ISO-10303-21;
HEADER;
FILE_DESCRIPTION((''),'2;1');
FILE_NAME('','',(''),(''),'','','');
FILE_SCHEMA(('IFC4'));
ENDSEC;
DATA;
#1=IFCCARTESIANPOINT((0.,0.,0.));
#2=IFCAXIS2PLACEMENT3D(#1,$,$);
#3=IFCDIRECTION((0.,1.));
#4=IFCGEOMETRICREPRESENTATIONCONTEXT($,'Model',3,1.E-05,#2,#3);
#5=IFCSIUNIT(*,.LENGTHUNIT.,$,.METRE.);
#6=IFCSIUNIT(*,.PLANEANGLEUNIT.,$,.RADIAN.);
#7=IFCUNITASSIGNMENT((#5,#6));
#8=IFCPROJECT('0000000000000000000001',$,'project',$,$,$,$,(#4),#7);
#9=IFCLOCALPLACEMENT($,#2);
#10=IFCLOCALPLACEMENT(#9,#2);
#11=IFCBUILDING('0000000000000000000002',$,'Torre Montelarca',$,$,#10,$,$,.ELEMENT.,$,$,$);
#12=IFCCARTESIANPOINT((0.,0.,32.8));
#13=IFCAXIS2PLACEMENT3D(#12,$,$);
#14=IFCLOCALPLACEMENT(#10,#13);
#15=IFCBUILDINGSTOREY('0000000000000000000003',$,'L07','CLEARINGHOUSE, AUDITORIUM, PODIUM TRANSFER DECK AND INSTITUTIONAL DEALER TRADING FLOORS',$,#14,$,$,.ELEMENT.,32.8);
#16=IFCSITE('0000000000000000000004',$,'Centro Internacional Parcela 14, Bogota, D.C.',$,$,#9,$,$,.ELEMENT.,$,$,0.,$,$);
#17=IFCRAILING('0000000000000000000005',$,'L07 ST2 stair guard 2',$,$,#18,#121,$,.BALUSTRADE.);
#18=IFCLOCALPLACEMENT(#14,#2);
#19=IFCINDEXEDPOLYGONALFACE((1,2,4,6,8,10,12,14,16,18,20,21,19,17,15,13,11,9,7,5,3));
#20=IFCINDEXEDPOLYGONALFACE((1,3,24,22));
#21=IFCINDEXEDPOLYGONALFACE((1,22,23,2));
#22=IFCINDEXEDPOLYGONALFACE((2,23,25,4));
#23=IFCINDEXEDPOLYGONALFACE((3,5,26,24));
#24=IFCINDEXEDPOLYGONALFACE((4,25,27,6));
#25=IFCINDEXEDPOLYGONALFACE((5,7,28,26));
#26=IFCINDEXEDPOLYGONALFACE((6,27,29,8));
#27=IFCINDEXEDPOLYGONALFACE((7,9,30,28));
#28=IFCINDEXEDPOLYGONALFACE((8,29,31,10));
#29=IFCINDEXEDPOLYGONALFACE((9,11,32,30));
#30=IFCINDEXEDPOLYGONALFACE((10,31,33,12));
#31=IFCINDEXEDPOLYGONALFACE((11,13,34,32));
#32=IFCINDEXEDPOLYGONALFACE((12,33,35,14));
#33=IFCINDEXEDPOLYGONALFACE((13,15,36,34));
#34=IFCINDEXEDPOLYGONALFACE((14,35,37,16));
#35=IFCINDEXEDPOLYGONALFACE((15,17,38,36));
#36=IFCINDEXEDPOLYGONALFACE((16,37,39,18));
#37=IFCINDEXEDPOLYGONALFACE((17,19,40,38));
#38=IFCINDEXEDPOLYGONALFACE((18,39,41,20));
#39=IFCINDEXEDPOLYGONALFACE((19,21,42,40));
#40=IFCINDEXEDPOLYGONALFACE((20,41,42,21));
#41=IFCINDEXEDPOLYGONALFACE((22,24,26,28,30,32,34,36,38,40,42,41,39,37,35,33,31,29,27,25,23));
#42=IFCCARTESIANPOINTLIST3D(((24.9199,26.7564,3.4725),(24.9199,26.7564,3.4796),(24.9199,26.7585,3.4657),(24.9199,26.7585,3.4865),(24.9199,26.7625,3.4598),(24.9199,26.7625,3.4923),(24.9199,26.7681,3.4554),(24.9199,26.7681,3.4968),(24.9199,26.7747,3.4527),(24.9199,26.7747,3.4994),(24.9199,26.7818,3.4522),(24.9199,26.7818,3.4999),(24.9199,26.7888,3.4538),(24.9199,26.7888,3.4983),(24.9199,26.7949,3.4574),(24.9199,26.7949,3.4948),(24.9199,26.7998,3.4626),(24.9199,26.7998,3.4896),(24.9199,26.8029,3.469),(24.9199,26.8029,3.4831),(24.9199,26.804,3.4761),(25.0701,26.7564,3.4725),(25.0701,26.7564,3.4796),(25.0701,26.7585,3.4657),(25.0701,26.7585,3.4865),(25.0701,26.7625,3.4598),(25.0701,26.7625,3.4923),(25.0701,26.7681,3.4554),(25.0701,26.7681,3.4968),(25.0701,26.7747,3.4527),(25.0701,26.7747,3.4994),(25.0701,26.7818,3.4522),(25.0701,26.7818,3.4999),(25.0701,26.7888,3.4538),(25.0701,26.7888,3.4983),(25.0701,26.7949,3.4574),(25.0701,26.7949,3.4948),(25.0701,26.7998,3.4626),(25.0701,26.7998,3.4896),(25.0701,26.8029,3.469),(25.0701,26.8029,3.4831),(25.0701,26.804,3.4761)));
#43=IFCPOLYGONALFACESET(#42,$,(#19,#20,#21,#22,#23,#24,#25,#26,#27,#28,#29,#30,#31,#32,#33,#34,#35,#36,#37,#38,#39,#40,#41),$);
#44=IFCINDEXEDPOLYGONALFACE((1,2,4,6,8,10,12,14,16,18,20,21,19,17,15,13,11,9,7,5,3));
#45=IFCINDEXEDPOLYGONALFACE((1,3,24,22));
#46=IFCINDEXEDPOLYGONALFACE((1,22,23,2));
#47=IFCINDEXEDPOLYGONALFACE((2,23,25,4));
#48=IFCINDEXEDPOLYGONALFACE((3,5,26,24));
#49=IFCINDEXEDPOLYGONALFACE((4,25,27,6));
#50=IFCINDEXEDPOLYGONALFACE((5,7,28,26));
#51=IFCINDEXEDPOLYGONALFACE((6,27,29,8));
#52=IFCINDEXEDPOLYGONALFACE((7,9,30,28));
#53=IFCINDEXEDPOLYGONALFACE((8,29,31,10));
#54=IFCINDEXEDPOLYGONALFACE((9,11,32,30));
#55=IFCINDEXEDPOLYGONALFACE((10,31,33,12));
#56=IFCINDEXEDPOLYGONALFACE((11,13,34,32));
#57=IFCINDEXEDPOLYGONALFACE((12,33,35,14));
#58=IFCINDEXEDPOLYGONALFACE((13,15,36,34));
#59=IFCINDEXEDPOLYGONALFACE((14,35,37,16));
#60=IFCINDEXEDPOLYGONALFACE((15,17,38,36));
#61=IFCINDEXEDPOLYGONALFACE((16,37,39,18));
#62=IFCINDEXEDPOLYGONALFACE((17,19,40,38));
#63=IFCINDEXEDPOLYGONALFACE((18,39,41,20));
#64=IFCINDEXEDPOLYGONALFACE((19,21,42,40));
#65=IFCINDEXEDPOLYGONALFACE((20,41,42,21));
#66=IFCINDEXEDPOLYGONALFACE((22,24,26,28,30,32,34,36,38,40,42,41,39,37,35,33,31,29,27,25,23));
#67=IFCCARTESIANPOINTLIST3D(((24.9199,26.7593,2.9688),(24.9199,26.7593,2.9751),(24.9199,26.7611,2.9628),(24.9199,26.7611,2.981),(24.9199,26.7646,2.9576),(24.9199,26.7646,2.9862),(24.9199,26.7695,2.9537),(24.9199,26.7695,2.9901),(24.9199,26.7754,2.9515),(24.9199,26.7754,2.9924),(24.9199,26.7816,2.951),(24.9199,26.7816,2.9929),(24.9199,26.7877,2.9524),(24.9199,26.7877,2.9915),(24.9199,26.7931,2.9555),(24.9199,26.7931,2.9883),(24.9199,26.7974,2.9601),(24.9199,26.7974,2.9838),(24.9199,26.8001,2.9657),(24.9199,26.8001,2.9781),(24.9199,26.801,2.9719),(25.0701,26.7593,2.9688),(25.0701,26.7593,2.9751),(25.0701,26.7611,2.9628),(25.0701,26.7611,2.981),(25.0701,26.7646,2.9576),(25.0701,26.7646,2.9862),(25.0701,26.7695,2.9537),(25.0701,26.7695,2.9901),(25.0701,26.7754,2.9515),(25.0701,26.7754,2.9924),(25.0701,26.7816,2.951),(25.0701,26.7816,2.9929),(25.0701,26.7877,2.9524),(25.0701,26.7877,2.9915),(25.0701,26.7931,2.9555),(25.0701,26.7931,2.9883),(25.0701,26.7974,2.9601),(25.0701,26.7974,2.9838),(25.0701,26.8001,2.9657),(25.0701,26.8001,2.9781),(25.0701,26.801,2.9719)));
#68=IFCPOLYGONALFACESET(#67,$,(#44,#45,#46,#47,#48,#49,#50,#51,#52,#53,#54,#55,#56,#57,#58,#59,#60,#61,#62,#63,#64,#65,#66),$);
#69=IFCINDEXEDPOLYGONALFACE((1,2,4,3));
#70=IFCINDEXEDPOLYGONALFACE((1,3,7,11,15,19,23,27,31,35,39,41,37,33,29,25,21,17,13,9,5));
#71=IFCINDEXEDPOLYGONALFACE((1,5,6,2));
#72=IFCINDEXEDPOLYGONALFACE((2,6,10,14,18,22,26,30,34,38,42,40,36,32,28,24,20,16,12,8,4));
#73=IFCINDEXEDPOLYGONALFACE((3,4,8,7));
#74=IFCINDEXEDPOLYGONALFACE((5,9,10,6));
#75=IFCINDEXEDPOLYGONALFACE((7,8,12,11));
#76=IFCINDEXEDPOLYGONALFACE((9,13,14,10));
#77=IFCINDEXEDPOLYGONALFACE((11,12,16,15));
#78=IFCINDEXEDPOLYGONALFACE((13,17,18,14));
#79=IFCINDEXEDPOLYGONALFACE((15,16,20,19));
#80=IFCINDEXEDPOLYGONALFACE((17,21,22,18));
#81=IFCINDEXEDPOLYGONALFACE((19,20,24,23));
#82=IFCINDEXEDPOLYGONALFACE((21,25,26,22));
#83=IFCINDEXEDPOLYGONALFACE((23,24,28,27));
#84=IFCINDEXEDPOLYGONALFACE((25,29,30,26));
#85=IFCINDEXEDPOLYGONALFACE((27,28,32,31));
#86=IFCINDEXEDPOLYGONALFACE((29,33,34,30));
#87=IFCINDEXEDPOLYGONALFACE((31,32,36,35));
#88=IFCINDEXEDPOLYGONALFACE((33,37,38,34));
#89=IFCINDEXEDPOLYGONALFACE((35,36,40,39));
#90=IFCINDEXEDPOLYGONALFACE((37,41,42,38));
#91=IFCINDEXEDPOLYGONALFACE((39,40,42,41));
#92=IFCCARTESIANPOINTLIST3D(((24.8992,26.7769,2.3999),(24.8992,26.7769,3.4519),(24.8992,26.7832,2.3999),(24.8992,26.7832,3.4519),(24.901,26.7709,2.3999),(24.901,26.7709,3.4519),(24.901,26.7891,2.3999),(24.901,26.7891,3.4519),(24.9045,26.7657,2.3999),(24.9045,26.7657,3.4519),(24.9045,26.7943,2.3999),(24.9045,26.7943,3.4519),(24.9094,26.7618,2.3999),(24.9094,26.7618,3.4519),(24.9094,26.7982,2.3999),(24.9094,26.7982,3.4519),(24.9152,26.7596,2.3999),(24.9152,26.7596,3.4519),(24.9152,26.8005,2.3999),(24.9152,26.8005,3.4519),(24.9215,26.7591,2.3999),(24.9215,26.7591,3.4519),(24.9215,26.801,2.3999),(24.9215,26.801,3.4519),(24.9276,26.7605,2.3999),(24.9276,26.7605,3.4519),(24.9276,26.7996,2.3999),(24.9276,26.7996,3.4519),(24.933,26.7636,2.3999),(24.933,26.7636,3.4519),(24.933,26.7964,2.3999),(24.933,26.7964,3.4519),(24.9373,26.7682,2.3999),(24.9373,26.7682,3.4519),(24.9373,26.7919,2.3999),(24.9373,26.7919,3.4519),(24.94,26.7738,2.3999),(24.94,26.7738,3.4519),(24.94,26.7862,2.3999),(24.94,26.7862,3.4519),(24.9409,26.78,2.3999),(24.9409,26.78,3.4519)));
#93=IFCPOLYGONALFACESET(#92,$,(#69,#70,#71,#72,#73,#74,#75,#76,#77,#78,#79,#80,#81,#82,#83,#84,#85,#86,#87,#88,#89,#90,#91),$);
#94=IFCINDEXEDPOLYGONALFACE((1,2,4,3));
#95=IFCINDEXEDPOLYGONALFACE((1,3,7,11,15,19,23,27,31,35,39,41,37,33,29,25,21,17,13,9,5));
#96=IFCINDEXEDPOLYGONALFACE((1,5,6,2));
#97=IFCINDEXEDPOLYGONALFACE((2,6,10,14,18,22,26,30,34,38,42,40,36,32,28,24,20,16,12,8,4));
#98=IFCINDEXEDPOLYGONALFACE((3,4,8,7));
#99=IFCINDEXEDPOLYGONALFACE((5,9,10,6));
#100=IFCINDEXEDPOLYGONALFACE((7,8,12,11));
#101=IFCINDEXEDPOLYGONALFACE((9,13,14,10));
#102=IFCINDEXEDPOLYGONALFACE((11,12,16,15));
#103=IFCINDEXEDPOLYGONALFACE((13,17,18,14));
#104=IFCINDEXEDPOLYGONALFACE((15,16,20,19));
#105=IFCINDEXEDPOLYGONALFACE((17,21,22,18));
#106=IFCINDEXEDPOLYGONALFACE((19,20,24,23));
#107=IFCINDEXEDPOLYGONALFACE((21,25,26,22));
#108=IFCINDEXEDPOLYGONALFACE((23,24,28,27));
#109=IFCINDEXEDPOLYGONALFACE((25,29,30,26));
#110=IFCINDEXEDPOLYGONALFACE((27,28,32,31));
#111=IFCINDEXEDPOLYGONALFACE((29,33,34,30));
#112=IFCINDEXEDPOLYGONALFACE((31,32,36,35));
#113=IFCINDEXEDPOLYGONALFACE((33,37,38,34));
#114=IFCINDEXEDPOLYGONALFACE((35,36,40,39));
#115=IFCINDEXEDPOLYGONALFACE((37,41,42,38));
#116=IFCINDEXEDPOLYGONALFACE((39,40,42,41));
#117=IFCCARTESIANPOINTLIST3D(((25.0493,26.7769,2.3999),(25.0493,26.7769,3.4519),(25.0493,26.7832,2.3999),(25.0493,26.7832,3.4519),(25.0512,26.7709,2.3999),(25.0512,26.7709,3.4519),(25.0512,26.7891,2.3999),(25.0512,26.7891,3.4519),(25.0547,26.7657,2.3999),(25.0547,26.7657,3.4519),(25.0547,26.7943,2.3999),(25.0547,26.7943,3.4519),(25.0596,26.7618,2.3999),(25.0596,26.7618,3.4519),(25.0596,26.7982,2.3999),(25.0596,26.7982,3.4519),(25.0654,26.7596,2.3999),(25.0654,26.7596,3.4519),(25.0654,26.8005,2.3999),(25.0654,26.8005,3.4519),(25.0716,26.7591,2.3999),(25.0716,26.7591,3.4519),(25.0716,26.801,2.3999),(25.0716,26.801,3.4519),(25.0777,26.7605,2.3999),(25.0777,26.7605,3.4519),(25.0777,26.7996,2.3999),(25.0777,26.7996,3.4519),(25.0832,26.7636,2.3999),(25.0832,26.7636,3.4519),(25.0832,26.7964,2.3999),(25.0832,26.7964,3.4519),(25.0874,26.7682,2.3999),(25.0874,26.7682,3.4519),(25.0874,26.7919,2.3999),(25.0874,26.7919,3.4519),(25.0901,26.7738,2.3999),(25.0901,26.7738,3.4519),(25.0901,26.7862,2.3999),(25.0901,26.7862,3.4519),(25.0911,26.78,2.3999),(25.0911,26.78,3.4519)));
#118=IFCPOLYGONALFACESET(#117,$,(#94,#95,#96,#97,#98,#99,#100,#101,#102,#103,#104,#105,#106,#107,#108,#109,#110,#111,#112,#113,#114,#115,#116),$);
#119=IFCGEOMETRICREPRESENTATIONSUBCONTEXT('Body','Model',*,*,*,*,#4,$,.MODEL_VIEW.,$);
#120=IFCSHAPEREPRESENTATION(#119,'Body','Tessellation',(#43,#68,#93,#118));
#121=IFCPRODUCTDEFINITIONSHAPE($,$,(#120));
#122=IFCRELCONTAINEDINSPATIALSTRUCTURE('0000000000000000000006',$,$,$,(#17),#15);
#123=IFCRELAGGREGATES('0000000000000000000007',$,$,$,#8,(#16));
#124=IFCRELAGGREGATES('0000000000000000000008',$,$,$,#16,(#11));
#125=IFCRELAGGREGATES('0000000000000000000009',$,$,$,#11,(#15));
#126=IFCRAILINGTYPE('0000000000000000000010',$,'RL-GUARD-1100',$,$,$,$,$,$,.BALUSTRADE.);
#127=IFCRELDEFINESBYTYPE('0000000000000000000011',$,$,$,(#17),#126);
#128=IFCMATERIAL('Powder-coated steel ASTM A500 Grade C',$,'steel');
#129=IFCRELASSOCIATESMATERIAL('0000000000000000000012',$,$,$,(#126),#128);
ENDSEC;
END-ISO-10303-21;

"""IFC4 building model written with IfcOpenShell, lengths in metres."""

from ifc_helpers import new_model, si_unit, direction, frame, origin, origin_2d, place, context, subcontext, project, spatial, circle, extrude, material, type_object, element, save


model = new_model("IFC4")

# Units and contexts
model_context = context("Model", 3, precision=1e-05, world=origin(), true_north=direction((0.0, 1.0)))
body_context = subcontext(model_context, "Body", "Model", "MODEL_VIEW")
ifc_project = project(units=[si_unit("LENGTHUNIT", "METRE"), si_unit("PLANEANGLEUNIT", "RADIAN")], contexts=[model_context])

# Site, building, storey
site_placement = place(None, origin())
site = spatial("IfcSite", under=ifc_project, at=site_placement, Name="Centro Internacional Parcela 14, Bogota, D.C.", CompositionType="ELEMENT", RefElevation=0.0)
building_placement = place(site_placement, origin())
building = spatial("IfcBuilding", under=site, at=building_placement, Name="Torre Montelarca", CompositionType="ELEMENT")
storey_placement = place(building_placement, frame((0.0, 0.0, 32.8)))
storey = spatial("IfcBuildingStorey", under=building, at=storey_placement, Name="L07", Description="CLEARINGHOUSE, AUDITORIUM, PODIUM TRANSFER DECK AND INSTITUTIONAL DEALER TRADING FLOORS", CompositionType="ELEMENT", Elevation=32.8)

# Railing
ifc_material_1 = material(Name="Powder-coated steel ASTM A500 Grade C", Category="steel")
railing_type = type_object("IfcRailingType", Name="RL-GUARD-1100", PredefinedType="BALUSTRADE", material=ifc_material_1)
railing_1_placement = place(storey_placement, frame((24.9199, 26.78, 2.3999)))
element("IfcRailing", 1, at=railing_1_placement, inside=storey, type_object=railing_type, Name="L07 ST2 stair guard 2", PredefinedType="BALUSTRADE", context=body_context, shape_type="SweptSolid", body=[
    extrude(circle(Radius=0.0239, at=origin_2d()), frame((0.0, 0.0, 1.0762), z_axis=(1.0, 0.0, 0.0), x_axis=(0.0, 1.0, 0.0)), (0.0, 0.0, 1.0), 0.1501),
    extrude(circle(Radius=0.021, at=origin_2d()), frame((0.0, 0.0, 0.572), z_axis=(1.0, 0.0, 0.0), x_axis=(0.0, 1.0, 0.0)), (0.0, 0.0, 1.0), 0.1501),
    extrude(circle(Radius=0.021, at=origin_2d()), origin(), (0.0, 0.0, 1.0), 1.052),
    extrude(circle(Radius=0.021, at=origin_2d()), frame((0.1501, 0.0, 0.0)), (0.0, 0.0, 1.0), 1.052),
])

save(model, "model.ifc")
